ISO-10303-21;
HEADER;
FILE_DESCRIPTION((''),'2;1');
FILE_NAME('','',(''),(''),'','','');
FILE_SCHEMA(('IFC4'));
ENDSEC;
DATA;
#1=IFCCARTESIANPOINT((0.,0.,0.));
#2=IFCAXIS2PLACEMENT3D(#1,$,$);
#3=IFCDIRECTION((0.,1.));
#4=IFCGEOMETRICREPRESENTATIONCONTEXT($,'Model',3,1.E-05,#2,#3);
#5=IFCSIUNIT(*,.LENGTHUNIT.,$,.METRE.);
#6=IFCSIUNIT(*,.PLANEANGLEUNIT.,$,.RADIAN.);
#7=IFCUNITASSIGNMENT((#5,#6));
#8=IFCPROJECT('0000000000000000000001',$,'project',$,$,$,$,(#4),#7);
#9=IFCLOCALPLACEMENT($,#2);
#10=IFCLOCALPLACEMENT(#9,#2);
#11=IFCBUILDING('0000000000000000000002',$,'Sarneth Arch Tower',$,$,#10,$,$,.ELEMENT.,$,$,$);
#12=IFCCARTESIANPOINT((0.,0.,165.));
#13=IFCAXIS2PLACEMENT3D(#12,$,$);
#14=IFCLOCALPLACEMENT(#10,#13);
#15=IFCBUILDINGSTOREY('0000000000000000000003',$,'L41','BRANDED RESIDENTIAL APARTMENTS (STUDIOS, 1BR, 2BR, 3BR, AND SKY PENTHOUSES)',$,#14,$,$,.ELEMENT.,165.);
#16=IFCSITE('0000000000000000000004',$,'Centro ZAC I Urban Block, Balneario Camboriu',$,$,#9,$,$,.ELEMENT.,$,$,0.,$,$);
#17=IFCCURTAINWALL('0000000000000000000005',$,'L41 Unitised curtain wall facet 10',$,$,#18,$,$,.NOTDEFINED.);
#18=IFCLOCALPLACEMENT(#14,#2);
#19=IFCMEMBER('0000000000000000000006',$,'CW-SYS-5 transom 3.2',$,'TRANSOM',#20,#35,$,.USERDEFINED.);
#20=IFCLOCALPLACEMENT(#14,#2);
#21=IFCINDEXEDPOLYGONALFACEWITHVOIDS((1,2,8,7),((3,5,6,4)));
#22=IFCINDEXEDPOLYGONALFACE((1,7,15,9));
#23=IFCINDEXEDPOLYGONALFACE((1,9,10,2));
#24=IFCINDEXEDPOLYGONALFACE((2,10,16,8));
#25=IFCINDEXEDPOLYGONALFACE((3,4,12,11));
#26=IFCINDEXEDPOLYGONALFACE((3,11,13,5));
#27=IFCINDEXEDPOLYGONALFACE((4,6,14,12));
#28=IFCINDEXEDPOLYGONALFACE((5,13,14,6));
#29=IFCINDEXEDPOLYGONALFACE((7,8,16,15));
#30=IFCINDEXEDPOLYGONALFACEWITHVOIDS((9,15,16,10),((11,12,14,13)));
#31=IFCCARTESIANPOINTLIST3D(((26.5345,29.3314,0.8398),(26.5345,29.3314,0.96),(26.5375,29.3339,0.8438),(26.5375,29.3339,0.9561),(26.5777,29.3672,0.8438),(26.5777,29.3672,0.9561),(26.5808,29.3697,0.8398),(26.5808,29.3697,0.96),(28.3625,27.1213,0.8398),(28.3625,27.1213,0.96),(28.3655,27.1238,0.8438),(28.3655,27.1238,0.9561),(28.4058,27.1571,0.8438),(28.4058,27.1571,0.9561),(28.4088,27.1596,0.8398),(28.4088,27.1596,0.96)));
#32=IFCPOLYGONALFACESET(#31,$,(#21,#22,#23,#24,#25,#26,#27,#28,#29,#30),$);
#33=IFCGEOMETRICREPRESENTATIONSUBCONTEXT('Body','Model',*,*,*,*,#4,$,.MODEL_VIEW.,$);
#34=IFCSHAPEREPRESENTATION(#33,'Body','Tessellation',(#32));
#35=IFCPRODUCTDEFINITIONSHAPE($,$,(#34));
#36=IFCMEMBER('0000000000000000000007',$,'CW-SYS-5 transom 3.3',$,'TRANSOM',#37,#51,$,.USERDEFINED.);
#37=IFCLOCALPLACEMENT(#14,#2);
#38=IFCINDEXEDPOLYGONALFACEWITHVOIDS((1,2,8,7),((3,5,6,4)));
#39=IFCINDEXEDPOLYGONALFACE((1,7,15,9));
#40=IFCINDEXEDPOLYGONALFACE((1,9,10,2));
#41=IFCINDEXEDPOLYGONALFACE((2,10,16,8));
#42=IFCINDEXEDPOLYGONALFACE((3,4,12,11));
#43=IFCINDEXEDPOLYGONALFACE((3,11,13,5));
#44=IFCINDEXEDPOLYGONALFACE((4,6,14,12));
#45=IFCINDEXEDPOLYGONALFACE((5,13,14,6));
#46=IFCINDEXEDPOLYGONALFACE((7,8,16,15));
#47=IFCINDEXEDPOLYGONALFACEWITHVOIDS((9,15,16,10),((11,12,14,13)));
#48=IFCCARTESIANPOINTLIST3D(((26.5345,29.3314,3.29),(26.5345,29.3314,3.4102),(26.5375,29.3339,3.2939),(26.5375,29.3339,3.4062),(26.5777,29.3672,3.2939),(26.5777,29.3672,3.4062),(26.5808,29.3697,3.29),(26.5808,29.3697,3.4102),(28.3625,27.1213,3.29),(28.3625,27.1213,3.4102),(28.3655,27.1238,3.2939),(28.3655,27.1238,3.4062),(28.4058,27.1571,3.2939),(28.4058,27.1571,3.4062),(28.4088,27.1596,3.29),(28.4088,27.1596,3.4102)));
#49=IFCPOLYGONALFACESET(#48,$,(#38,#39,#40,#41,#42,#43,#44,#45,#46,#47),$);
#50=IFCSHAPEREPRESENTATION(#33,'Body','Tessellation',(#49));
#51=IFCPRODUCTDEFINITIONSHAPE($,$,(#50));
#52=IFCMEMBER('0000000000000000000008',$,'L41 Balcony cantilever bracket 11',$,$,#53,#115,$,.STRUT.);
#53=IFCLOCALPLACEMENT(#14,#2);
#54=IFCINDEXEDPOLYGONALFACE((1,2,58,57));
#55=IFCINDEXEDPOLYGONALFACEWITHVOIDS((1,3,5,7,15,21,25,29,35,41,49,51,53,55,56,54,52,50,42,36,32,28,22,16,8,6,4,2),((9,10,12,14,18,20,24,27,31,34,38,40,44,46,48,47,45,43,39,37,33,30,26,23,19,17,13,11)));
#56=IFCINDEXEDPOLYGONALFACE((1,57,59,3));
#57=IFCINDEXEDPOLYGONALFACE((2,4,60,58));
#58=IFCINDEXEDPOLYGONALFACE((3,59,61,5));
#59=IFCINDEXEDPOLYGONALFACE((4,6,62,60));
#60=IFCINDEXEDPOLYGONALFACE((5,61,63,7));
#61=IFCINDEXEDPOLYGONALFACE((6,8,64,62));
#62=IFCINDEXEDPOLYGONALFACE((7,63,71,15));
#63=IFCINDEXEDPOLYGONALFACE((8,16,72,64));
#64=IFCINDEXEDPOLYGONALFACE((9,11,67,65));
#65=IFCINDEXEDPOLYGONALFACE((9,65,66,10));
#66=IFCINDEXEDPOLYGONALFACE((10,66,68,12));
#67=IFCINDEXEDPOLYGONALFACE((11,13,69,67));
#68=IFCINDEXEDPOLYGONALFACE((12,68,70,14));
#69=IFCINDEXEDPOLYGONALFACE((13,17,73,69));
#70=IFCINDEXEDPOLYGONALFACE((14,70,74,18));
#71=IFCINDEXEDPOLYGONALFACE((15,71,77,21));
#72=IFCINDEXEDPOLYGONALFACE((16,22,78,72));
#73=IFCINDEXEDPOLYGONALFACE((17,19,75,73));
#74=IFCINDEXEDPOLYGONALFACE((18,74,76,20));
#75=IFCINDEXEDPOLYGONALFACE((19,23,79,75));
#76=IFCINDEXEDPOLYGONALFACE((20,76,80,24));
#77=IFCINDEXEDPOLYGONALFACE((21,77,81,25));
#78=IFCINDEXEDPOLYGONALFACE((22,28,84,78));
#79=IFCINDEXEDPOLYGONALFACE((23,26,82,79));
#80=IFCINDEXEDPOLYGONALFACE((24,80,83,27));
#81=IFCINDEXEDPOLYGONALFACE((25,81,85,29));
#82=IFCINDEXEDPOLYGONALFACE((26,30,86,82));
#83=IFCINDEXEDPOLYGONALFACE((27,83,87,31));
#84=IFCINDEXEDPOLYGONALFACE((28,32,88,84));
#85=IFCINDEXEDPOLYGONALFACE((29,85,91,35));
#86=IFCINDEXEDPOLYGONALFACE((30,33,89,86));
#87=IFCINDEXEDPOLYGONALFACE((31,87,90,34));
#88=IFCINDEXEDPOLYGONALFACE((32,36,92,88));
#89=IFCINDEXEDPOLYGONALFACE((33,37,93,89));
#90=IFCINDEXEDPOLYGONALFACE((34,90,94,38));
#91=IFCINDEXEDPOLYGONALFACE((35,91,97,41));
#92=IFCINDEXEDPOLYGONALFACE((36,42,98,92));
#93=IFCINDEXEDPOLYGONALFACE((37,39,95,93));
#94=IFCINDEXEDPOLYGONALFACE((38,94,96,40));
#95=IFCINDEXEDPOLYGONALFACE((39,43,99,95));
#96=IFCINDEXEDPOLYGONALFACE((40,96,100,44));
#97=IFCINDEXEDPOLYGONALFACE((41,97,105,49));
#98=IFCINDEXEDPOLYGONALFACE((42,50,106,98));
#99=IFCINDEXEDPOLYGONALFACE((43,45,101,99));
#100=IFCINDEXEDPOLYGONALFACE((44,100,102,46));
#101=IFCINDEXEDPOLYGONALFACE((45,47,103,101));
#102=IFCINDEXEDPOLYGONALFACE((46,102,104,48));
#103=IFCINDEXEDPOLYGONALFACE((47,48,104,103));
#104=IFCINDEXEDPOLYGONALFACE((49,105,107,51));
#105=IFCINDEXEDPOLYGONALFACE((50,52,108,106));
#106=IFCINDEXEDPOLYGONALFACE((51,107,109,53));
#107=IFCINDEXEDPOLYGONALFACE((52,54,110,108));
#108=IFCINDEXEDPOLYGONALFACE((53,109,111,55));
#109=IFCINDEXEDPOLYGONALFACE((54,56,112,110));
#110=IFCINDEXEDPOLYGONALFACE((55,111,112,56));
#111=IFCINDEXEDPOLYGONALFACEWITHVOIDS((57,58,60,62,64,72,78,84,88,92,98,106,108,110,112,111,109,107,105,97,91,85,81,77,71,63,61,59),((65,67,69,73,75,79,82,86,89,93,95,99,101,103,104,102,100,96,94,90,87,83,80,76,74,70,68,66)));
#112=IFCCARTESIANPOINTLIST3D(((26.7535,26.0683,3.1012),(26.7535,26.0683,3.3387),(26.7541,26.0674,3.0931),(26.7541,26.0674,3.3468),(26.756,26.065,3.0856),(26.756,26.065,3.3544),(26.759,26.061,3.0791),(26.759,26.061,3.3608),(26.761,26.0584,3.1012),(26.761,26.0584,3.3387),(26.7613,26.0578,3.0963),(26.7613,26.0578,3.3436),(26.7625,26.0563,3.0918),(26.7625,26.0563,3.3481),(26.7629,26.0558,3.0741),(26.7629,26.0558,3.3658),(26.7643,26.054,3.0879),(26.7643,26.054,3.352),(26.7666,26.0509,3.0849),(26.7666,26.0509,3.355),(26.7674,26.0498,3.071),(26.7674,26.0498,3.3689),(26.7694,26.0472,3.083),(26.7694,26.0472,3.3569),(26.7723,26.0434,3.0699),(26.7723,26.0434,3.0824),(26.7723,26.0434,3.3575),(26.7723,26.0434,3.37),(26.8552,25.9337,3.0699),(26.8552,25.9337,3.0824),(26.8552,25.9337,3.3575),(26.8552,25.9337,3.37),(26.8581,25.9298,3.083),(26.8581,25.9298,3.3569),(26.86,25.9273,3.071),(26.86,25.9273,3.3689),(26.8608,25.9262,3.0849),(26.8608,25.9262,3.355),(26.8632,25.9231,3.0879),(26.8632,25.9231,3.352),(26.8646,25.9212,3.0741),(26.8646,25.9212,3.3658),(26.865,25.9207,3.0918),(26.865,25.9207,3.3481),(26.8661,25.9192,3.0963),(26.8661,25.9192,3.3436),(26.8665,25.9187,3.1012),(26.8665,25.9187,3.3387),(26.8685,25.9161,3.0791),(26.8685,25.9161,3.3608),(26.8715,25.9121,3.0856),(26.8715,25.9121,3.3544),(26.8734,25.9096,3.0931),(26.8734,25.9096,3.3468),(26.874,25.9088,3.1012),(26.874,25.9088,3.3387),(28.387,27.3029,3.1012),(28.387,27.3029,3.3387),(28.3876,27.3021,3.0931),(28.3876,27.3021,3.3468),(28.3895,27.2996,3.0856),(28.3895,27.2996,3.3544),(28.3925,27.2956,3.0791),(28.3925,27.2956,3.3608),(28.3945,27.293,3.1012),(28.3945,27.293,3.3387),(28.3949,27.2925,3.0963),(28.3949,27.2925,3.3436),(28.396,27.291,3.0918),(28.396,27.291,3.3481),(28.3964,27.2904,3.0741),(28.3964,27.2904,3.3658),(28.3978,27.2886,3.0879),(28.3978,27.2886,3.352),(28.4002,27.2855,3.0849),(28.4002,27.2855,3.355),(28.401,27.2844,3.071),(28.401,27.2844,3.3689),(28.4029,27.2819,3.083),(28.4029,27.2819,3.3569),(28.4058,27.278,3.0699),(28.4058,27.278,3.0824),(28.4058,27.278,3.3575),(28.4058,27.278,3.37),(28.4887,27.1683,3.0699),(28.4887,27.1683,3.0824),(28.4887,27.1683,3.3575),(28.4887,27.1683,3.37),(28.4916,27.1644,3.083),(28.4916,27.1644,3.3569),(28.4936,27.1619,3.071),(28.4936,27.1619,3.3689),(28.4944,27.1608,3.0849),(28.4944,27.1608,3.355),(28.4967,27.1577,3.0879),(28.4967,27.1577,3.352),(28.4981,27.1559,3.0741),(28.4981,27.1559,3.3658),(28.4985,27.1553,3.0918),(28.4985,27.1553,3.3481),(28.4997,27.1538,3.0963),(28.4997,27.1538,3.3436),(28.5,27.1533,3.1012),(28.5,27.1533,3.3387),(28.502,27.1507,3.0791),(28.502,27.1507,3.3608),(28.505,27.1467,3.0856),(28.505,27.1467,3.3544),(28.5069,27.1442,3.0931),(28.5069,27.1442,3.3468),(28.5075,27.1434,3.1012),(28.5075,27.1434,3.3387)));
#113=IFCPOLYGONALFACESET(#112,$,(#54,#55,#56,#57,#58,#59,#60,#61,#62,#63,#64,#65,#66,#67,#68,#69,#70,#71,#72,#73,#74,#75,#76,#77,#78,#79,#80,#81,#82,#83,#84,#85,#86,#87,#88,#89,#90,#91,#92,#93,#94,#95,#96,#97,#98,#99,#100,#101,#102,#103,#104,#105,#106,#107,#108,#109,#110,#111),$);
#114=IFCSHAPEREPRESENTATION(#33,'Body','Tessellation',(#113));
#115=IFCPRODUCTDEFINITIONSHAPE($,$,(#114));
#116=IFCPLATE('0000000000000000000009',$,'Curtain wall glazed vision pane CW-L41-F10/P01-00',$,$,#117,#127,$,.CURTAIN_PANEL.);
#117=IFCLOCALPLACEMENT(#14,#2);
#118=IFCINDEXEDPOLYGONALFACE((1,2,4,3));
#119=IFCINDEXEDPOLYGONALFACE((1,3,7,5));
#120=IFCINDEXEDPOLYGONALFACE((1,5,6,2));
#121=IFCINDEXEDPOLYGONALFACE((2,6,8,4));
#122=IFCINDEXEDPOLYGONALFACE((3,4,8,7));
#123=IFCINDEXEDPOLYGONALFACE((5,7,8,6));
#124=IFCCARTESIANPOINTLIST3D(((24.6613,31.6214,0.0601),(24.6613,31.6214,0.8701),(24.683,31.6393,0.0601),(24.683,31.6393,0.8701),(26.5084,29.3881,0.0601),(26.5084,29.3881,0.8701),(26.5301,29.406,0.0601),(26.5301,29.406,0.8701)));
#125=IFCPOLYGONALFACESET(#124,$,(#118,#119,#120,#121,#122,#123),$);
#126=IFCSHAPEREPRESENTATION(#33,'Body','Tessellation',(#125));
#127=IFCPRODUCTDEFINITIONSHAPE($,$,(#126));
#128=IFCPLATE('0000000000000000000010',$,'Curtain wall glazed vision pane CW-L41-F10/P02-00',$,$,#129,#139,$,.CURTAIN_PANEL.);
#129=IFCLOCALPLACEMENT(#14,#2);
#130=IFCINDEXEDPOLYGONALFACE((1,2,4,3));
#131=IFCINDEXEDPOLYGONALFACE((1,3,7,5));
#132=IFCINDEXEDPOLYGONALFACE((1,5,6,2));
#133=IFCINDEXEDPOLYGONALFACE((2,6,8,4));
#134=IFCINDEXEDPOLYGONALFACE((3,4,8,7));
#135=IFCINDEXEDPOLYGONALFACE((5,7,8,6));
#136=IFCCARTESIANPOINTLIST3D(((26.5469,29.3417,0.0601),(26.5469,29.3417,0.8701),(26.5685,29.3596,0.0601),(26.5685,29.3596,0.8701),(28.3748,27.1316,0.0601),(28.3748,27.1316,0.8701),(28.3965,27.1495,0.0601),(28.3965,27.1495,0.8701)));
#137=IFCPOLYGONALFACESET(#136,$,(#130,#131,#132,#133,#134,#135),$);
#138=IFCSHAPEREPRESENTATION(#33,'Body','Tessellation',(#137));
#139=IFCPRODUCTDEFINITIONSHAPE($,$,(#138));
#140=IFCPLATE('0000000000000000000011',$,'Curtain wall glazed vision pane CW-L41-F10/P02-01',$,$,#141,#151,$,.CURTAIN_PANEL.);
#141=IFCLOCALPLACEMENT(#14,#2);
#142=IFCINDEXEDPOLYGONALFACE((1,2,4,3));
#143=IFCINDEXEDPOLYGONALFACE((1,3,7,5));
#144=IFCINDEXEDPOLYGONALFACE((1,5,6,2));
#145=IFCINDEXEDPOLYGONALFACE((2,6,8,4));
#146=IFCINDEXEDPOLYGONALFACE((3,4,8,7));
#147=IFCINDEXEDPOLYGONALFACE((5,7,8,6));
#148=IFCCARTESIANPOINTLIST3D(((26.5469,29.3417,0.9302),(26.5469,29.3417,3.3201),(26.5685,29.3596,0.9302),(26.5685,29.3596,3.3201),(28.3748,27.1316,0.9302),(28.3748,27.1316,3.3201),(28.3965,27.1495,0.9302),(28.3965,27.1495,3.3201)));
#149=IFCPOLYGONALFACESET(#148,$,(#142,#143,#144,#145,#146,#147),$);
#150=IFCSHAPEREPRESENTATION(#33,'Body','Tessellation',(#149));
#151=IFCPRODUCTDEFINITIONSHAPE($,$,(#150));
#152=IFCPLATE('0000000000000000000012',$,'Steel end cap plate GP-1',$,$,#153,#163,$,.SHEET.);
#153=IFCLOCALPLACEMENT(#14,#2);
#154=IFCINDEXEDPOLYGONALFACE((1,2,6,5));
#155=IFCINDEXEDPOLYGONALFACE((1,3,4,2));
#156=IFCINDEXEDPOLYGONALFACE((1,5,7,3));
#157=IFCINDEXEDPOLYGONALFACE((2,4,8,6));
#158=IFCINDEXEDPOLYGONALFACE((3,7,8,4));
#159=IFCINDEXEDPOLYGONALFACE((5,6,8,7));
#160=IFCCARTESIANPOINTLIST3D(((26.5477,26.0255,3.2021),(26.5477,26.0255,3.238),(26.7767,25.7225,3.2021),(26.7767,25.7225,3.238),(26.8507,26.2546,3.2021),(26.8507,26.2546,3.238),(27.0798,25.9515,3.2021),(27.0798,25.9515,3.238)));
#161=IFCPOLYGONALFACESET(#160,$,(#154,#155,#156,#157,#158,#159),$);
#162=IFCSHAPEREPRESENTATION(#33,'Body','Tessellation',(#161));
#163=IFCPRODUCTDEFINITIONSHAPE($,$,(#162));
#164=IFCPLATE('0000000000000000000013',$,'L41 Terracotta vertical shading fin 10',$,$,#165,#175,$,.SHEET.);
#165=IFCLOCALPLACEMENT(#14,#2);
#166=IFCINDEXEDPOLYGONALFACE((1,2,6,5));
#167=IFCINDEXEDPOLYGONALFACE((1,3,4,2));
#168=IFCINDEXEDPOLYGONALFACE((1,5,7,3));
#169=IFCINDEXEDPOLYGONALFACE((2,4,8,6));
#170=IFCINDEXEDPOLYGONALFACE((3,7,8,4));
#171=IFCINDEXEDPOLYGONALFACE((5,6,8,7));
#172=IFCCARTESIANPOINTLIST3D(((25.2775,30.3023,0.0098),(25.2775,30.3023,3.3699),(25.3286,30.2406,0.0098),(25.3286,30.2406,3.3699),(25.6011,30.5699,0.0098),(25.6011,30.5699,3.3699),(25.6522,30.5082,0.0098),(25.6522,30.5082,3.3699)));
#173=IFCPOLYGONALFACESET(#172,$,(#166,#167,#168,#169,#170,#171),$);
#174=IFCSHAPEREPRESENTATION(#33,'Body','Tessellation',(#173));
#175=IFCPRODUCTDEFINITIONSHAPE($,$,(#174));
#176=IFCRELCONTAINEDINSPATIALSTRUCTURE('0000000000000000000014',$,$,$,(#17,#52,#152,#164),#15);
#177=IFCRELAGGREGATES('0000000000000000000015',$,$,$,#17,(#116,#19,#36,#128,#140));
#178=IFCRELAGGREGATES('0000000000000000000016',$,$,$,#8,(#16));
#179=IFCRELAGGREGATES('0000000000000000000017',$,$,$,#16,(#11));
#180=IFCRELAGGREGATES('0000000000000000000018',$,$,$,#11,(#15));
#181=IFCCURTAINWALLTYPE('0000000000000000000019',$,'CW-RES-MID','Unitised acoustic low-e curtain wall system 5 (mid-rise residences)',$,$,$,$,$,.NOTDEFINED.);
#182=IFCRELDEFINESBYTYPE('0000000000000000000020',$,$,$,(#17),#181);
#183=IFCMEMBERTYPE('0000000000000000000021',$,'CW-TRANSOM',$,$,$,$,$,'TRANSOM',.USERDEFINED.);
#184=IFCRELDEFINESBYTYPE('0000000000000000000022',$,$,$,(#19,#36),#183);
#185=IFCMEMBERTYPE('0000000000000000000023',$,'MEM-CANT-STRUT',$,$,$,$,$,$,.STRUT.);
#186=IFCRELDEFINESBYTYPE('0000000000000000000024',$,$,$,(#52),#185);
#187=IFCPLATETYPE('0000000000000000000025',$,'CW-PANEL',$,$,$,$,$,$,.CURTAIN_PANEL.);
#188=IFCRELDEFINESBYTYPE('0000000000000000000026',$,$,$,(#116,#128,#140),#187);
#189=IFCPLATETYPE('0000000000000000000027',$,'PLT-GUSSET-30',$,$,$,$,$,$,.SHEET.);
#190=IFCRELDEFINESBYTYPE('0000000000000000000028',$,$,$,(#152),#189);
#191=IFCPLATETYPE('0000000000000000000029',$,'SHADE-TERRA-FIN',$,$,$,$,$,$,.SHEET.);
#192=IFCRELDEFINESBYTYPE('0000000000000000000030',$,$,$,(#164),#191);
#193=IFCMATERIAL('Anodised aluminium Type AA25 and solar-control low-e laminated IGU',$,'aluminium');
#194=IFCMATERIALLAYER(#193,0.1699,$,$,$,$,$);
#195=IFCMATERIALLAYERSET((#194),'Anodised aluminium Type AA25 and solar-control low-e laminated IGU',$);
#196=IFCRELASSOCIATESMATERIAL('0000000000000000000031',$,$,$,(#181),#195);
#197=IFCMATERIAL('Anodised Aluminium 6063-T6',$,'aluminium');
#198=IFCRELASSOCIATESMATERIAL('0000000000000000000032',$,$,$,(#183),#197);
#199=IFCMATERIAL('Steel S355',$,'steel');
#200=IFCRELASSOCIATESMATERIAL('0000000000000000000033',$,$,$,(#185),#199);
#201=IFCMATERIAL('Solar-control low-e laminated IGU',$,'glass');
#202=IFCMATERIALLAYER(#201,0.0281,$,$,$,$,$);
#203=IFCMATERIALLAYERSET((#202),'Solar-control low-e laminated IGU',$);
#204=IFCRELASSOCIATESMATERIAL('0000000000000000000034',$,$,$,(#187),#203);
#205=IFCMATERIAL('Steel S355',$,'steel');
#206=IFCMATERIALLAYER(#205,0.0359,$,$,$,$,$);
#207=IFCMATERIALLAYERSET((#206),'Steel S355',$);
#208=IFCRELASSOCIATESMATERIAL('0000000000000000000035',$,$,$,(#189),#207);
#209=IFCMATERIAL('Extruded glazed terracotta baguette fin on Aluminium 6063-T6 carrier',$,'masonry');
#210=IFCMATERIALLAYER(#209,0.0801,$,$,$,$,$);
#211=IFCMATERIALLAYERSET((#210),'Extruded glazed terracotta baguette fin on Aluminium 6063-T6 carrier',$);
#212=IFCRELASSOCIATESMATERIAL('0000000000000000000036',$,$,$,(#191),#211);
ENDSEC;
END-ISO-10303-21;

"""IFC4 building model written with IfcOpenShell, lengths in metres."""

from ifc_helpers import new_model, si_unit, direction, frame, origin, origin_2d, place, context, subcontext, project, spatial, rectangle, hollow_rectangle, extrude, material, layer, layer_set, material_profile, profile_set, type_object, element, aggregate, save


model = new_model("IFC4")

# Units and contexts
model_context = context("Model", 3, precision=1e-05, world=origin(), true_north=direction((0.0, 1.0)))
body_context = subcontext(model_context, "Body", "Model", "MODEL_VIEW")
ifc_project = project(units=[si_unit("LENGTHUNIT", "METRE"), si_unit("PLANEANGLEUNIT", "RADIAN")], contexts=[model_context])

# Site, building, storey
site_placement = place(None, origin())
site = spatial("IfcSite", under=ifc_project, at=site_placement, Name="Centro ZAC I Urban Block, Balneario Camboriu", CompositionType="ELEMENT", RefElevation=0.0)
building_placement = place(site_placement, origin())
building = spatial("IfcBuilding", under=site, at=building_placement, Name="Sarneth Arch Tower", CompositionType="ELEMENT")
storey_placement = place(building_placement, frame((0.0, 0.0, 165.0)))
storey = spatial("IfcBuildingStorey", under=building, at=storey_placement, Name="L41", Description="BRANDED RESIDENTIAL APARTMENTS (STUDIOS, 1BR, 2BR, 3BR, AND SKY PENTHOUSES)", CompositionType="ELEMENT", Elevation=165.0)

# Curtain wall, members
ifc_material_1 = material(Name="Anodised aluminium Type AA25 and solar-control low-e laminated IGU", Category="aluminium")
ifc_layer_1 = layer(ifc_material_1, 0.1699)
ifc_layer_set_1 = layer_set([ifc_layer_1], Name="Anodised aluminium Type AA25 and solar-control low-e laminated IGU")
curtain_wall_type = type_object("IfcCurtainWallType", Name="CW-RES-MID", Description="Unitised acoustic low-e curtain wall system 5 (mid-rise residences)", PredefinedType="NOTDEFINED", material=ifc_layer_set_1)
curtain_wall_placement = place(storey_placement, origin())
curtain_wall = element("IfcCurtainWall", 1, at=curtain_wall_placement, inside=storey, type_object=curtain_wall_type, Name="L41 Unitised curtain wall facet 10", PredefinedType="NOTDEFINED")
ifc_material_2 = material(Name="Anodised Aluminium 6063-T6", Category="aluminium")
ifc_material_profile_1 = material_profile(ifc_material_2, hollow_rectangle(XDim=0.0601, YDim=0.1201, WallThickness=0.0039, at=origin_2d()), Name="AL-TRAN-120x60x4")
ifc_profile_set_1 = profile_set([ifc_material_profile_1], Name="Anodised Aluminium 6063-T6")
member_type_1 = type_object("IfcMemberType", Name="CW-TRANSOM", ElementType="TRANSOM", PredefinedType="USERDEFINED", material=ifc_profile_set_1)
member_1_placement = place(storey_placement, frame((26.5576, 29.3506, 0.8999), z_axis=(0.637359, -0.770567, 0.0), x_axis=(0.770567, 0.637359, 0.0)))
member_1 = element("IfcMember", 2, at=member_1_placement, type_object=member_type_1, Name="CW-SYS-5 transom 3.2", ObjectType="TRANSOM", PredefinedType="USERDEFINED", context=body_context, shape_type="SweptSolid", body=[
    extrude(hollow_rectangle(XDim=0.0601, YDim=0.1201, WallThickness=0.0039, at=origin_2d()), origin(), (0.0, 0.0, 1.0), 2.8682),
])
member_2_placement = place(storey_placement, frame((26.5576, 29.3506, 3.3501), z_axis=(0.637359, -0.770567, 0.0), x_axis=(0.770567, 0.637359, 0.0)))
member_2 = element("IfcMember", 3, at=member_2_placement, type_object=member_type_1, Name="CW-SYS-5 transom 3.3", ObjectType="TRANSOM", PredefinedType="USERDEFINED", context=body_context, shape_type="SweptSolid", body=[
    extrude(hollow_rectangle(XDim=0.0601, YDim=0.1201, WallThickness=0.0039, at=origin_2d()), origin(), (0.0, 0.0, 1.0), 2.8682),
])

# Member
ifc_material_3 = material(Name="Steel S355", Category="steel")
ifc_material_profile_2 = material_profile(ifc_material_3, hollow_rectangle(XDim=0.2, YDim=0.3, WallThickness=0.0125, InnerFilletRadius=0.0188, OuterFilletRadius=0.0312, at=origin_2d()), Name="RHS300x200x12.5")
ifc_profile_set_2 = profile_set([ifc_material_profile_2], Name="Steel S355")
member_type_2 = type_object("IfcMemberType", Name="MEM-CANT-STRUT", PredefinedType="STRUT", material=ifc_profile_set_2)
member_3_placement = place(storey_placement, frame((28.4473, 27.2231, 3.22), z_axis=(-0.797777, -0.602953, 0.0), x_axis=(0.602953, -0.797777, 0.0)))
element("IfcMember", 4, at=member_3_placement, inside=storey, type_object=member_type_2, Name="L41 Balcony cantilever bracket 11", PredefinedType="STRUT", context=body_context, shape_type="SweptSolid", body=[
    extrude(hollow_rectangle(XDim=0.2, YDim=0.3, WallThickness=0.0125, InnerFilletRadius=0.0188, OuterFilletRadius=0.0312, at=origin_2d()), origin(), (0.0, 0.0, 1.0), 2.0476),
])

# Plates
ifc_material_4 = material(Name="Solar-control low-e laminated IGU", Category="glass")
ifc_layer_2 = layer(ifc_material_4, 0.0281)
ifc_layer_set_2 = layer_set([ifc_layer_2], Name="Solar-control low-e laminated IGU")
plate_type_1 = type_object("IfcPlateType", Name="CW-PANEL", PredefinedType="CURTAIN_PANEL", material=ifc_layer_set_2)
plate_1_placement = place(storey_placement, frame((25.5957, 30.5137, 0.0601), z_axis=(0.0, 0.0, 1.0), x_axis=(0.63733, -0.770591, 0.0)))
plate_1 = element("IfcPlate", 5, at=plate_1_placement, type_object=plate_type_1, Name="Curtain wall glazed vision pane CW-L41-F10/P01-00", PredefinedType="CURTAIN_PANEL", context=body_context, shape_type="SweptSolid", body=[
    extrude(rectangle(XDim=2.8982, YDim=0.0281, at=origin_2d()), origin(), (0.0, 0.0, 1.0), 0.8101),
])
plate_2_placement = place(storey_placement, frame((27.4717, 28.2456, 0.0601), z_axis=(0.0, 0.0, 1.0), x_axis=(0.63733, -0.770591, 0.0)))
plate_2 = element("IfcPlate", 6, at=plate_2_placement, type_object=plate_type_1, Name="Curtain wall glazed vision pane CW-L41-F10/P02-00", PredefinedType="CURTAIN_PANEL", context=body_context, shape_type="SweptSolid", body=[
    extrude(rectangle(XDim=2.8682, YDim=0.0281, at=origin_2d()), origin(), (0.0, 0.0, 1.0), 0.8101),
])
plate_3_placement = place(storey_placement, frame((27.4717, 28.2456, 0.9302), z_axis=(0.0, 0.0, 1.0), x_axis=(0.63733, -0.770591, 0.0)))
plate_3 = element("IfcPlate", 7, at=plate_3_placement, type_object=plate_type_1, Name="Curtain wall glazed vision pane CW-L41-F10/P02-01", PredefinedType="CURTAIN_PANEL", context=body_context, shape_type="SweptSolid", body=[
    extrude(rectangle(XDim=2.8682, YDim=0.0281, at=origin_2d()), origin(), (0.0, 0.0, 1.0), 2.3899),
])
aggregate(curtain_wall, [plate_1, member_1, member_2, plate_2, plate_3])

# Plates
ifc_material_5 = material(Name="Steel S355", Category="steel")
ifc_layer_3 = layer(ifc_material_5, 0.0359)
ifc_layer_set_3 = layer_set([ifc_layer_3], Name="Steel S355")
plate_type_2 = type_object("IfcPlateType", Name="PLT-GUSSET-30", PredefinedType="SHEET", material=ifc_layer_set_3)
plate_4_placement = place(storey_placement, frame((26.8137, 25.9885, 3.2021), z_axis=(0.0, 0.0, 1.0), x_axis=(-0.797794, -0.60293, 0.0)))
element("IfcPlate", 8, at=plate_4_placement, inside=storey, type_object=plate_type_2, Name="Steel end cap plate GP-1", PredefinedType="SHEET", context=body_context, shape_type="SweptSolid", body=[
    extrude(rectangle(XDim=0.3799, YDim=0.3799, at=origin_2d()), origin(), (0.0, 0.0, 1.0), 0.0359),
])
ifc_material_6 = material(Name="Extruded glazed terracotta baguette fin on Aluminium 6063-T6 carrier", Category="masonry")
ifc_layer_4 = layer(ifc_material_6, 0.0801)
ifc_layer_set_4 = layer_set([ifc_layer_4], Name="Extruded glazed terracotta baguette fin on Aluminium 6063-T6 carrier")
plate_type_3 = type_object("IfcPlateType", Name="SHADE-TERRA-FIN", PredefinedType="SHEET", material=ifc_layer_set_4)
plate_5_placement = place(storey_placement, frame((25.4648, 30.4053, 0.0098), z_axis=(0.0, 0.0, 1.0), x_axis=(-0.770624, -0.63729, 0.0)))
element("IfcPlate", 9, at=plate_5_placement, inside=storey, type_object=plate_type_3, Name="L41 Terracotta vertical shading fin 10", PredefinedType="SHEET", context=body_context, shape_type="SweptSolid", body=[
    extrude(rectangle(XDim=0.4199, YDim=0.0801, at=origin_2d()), origin(), (0.0, 0.0, 1.0), 3.3601),
])

save(model, "model.ifc")
